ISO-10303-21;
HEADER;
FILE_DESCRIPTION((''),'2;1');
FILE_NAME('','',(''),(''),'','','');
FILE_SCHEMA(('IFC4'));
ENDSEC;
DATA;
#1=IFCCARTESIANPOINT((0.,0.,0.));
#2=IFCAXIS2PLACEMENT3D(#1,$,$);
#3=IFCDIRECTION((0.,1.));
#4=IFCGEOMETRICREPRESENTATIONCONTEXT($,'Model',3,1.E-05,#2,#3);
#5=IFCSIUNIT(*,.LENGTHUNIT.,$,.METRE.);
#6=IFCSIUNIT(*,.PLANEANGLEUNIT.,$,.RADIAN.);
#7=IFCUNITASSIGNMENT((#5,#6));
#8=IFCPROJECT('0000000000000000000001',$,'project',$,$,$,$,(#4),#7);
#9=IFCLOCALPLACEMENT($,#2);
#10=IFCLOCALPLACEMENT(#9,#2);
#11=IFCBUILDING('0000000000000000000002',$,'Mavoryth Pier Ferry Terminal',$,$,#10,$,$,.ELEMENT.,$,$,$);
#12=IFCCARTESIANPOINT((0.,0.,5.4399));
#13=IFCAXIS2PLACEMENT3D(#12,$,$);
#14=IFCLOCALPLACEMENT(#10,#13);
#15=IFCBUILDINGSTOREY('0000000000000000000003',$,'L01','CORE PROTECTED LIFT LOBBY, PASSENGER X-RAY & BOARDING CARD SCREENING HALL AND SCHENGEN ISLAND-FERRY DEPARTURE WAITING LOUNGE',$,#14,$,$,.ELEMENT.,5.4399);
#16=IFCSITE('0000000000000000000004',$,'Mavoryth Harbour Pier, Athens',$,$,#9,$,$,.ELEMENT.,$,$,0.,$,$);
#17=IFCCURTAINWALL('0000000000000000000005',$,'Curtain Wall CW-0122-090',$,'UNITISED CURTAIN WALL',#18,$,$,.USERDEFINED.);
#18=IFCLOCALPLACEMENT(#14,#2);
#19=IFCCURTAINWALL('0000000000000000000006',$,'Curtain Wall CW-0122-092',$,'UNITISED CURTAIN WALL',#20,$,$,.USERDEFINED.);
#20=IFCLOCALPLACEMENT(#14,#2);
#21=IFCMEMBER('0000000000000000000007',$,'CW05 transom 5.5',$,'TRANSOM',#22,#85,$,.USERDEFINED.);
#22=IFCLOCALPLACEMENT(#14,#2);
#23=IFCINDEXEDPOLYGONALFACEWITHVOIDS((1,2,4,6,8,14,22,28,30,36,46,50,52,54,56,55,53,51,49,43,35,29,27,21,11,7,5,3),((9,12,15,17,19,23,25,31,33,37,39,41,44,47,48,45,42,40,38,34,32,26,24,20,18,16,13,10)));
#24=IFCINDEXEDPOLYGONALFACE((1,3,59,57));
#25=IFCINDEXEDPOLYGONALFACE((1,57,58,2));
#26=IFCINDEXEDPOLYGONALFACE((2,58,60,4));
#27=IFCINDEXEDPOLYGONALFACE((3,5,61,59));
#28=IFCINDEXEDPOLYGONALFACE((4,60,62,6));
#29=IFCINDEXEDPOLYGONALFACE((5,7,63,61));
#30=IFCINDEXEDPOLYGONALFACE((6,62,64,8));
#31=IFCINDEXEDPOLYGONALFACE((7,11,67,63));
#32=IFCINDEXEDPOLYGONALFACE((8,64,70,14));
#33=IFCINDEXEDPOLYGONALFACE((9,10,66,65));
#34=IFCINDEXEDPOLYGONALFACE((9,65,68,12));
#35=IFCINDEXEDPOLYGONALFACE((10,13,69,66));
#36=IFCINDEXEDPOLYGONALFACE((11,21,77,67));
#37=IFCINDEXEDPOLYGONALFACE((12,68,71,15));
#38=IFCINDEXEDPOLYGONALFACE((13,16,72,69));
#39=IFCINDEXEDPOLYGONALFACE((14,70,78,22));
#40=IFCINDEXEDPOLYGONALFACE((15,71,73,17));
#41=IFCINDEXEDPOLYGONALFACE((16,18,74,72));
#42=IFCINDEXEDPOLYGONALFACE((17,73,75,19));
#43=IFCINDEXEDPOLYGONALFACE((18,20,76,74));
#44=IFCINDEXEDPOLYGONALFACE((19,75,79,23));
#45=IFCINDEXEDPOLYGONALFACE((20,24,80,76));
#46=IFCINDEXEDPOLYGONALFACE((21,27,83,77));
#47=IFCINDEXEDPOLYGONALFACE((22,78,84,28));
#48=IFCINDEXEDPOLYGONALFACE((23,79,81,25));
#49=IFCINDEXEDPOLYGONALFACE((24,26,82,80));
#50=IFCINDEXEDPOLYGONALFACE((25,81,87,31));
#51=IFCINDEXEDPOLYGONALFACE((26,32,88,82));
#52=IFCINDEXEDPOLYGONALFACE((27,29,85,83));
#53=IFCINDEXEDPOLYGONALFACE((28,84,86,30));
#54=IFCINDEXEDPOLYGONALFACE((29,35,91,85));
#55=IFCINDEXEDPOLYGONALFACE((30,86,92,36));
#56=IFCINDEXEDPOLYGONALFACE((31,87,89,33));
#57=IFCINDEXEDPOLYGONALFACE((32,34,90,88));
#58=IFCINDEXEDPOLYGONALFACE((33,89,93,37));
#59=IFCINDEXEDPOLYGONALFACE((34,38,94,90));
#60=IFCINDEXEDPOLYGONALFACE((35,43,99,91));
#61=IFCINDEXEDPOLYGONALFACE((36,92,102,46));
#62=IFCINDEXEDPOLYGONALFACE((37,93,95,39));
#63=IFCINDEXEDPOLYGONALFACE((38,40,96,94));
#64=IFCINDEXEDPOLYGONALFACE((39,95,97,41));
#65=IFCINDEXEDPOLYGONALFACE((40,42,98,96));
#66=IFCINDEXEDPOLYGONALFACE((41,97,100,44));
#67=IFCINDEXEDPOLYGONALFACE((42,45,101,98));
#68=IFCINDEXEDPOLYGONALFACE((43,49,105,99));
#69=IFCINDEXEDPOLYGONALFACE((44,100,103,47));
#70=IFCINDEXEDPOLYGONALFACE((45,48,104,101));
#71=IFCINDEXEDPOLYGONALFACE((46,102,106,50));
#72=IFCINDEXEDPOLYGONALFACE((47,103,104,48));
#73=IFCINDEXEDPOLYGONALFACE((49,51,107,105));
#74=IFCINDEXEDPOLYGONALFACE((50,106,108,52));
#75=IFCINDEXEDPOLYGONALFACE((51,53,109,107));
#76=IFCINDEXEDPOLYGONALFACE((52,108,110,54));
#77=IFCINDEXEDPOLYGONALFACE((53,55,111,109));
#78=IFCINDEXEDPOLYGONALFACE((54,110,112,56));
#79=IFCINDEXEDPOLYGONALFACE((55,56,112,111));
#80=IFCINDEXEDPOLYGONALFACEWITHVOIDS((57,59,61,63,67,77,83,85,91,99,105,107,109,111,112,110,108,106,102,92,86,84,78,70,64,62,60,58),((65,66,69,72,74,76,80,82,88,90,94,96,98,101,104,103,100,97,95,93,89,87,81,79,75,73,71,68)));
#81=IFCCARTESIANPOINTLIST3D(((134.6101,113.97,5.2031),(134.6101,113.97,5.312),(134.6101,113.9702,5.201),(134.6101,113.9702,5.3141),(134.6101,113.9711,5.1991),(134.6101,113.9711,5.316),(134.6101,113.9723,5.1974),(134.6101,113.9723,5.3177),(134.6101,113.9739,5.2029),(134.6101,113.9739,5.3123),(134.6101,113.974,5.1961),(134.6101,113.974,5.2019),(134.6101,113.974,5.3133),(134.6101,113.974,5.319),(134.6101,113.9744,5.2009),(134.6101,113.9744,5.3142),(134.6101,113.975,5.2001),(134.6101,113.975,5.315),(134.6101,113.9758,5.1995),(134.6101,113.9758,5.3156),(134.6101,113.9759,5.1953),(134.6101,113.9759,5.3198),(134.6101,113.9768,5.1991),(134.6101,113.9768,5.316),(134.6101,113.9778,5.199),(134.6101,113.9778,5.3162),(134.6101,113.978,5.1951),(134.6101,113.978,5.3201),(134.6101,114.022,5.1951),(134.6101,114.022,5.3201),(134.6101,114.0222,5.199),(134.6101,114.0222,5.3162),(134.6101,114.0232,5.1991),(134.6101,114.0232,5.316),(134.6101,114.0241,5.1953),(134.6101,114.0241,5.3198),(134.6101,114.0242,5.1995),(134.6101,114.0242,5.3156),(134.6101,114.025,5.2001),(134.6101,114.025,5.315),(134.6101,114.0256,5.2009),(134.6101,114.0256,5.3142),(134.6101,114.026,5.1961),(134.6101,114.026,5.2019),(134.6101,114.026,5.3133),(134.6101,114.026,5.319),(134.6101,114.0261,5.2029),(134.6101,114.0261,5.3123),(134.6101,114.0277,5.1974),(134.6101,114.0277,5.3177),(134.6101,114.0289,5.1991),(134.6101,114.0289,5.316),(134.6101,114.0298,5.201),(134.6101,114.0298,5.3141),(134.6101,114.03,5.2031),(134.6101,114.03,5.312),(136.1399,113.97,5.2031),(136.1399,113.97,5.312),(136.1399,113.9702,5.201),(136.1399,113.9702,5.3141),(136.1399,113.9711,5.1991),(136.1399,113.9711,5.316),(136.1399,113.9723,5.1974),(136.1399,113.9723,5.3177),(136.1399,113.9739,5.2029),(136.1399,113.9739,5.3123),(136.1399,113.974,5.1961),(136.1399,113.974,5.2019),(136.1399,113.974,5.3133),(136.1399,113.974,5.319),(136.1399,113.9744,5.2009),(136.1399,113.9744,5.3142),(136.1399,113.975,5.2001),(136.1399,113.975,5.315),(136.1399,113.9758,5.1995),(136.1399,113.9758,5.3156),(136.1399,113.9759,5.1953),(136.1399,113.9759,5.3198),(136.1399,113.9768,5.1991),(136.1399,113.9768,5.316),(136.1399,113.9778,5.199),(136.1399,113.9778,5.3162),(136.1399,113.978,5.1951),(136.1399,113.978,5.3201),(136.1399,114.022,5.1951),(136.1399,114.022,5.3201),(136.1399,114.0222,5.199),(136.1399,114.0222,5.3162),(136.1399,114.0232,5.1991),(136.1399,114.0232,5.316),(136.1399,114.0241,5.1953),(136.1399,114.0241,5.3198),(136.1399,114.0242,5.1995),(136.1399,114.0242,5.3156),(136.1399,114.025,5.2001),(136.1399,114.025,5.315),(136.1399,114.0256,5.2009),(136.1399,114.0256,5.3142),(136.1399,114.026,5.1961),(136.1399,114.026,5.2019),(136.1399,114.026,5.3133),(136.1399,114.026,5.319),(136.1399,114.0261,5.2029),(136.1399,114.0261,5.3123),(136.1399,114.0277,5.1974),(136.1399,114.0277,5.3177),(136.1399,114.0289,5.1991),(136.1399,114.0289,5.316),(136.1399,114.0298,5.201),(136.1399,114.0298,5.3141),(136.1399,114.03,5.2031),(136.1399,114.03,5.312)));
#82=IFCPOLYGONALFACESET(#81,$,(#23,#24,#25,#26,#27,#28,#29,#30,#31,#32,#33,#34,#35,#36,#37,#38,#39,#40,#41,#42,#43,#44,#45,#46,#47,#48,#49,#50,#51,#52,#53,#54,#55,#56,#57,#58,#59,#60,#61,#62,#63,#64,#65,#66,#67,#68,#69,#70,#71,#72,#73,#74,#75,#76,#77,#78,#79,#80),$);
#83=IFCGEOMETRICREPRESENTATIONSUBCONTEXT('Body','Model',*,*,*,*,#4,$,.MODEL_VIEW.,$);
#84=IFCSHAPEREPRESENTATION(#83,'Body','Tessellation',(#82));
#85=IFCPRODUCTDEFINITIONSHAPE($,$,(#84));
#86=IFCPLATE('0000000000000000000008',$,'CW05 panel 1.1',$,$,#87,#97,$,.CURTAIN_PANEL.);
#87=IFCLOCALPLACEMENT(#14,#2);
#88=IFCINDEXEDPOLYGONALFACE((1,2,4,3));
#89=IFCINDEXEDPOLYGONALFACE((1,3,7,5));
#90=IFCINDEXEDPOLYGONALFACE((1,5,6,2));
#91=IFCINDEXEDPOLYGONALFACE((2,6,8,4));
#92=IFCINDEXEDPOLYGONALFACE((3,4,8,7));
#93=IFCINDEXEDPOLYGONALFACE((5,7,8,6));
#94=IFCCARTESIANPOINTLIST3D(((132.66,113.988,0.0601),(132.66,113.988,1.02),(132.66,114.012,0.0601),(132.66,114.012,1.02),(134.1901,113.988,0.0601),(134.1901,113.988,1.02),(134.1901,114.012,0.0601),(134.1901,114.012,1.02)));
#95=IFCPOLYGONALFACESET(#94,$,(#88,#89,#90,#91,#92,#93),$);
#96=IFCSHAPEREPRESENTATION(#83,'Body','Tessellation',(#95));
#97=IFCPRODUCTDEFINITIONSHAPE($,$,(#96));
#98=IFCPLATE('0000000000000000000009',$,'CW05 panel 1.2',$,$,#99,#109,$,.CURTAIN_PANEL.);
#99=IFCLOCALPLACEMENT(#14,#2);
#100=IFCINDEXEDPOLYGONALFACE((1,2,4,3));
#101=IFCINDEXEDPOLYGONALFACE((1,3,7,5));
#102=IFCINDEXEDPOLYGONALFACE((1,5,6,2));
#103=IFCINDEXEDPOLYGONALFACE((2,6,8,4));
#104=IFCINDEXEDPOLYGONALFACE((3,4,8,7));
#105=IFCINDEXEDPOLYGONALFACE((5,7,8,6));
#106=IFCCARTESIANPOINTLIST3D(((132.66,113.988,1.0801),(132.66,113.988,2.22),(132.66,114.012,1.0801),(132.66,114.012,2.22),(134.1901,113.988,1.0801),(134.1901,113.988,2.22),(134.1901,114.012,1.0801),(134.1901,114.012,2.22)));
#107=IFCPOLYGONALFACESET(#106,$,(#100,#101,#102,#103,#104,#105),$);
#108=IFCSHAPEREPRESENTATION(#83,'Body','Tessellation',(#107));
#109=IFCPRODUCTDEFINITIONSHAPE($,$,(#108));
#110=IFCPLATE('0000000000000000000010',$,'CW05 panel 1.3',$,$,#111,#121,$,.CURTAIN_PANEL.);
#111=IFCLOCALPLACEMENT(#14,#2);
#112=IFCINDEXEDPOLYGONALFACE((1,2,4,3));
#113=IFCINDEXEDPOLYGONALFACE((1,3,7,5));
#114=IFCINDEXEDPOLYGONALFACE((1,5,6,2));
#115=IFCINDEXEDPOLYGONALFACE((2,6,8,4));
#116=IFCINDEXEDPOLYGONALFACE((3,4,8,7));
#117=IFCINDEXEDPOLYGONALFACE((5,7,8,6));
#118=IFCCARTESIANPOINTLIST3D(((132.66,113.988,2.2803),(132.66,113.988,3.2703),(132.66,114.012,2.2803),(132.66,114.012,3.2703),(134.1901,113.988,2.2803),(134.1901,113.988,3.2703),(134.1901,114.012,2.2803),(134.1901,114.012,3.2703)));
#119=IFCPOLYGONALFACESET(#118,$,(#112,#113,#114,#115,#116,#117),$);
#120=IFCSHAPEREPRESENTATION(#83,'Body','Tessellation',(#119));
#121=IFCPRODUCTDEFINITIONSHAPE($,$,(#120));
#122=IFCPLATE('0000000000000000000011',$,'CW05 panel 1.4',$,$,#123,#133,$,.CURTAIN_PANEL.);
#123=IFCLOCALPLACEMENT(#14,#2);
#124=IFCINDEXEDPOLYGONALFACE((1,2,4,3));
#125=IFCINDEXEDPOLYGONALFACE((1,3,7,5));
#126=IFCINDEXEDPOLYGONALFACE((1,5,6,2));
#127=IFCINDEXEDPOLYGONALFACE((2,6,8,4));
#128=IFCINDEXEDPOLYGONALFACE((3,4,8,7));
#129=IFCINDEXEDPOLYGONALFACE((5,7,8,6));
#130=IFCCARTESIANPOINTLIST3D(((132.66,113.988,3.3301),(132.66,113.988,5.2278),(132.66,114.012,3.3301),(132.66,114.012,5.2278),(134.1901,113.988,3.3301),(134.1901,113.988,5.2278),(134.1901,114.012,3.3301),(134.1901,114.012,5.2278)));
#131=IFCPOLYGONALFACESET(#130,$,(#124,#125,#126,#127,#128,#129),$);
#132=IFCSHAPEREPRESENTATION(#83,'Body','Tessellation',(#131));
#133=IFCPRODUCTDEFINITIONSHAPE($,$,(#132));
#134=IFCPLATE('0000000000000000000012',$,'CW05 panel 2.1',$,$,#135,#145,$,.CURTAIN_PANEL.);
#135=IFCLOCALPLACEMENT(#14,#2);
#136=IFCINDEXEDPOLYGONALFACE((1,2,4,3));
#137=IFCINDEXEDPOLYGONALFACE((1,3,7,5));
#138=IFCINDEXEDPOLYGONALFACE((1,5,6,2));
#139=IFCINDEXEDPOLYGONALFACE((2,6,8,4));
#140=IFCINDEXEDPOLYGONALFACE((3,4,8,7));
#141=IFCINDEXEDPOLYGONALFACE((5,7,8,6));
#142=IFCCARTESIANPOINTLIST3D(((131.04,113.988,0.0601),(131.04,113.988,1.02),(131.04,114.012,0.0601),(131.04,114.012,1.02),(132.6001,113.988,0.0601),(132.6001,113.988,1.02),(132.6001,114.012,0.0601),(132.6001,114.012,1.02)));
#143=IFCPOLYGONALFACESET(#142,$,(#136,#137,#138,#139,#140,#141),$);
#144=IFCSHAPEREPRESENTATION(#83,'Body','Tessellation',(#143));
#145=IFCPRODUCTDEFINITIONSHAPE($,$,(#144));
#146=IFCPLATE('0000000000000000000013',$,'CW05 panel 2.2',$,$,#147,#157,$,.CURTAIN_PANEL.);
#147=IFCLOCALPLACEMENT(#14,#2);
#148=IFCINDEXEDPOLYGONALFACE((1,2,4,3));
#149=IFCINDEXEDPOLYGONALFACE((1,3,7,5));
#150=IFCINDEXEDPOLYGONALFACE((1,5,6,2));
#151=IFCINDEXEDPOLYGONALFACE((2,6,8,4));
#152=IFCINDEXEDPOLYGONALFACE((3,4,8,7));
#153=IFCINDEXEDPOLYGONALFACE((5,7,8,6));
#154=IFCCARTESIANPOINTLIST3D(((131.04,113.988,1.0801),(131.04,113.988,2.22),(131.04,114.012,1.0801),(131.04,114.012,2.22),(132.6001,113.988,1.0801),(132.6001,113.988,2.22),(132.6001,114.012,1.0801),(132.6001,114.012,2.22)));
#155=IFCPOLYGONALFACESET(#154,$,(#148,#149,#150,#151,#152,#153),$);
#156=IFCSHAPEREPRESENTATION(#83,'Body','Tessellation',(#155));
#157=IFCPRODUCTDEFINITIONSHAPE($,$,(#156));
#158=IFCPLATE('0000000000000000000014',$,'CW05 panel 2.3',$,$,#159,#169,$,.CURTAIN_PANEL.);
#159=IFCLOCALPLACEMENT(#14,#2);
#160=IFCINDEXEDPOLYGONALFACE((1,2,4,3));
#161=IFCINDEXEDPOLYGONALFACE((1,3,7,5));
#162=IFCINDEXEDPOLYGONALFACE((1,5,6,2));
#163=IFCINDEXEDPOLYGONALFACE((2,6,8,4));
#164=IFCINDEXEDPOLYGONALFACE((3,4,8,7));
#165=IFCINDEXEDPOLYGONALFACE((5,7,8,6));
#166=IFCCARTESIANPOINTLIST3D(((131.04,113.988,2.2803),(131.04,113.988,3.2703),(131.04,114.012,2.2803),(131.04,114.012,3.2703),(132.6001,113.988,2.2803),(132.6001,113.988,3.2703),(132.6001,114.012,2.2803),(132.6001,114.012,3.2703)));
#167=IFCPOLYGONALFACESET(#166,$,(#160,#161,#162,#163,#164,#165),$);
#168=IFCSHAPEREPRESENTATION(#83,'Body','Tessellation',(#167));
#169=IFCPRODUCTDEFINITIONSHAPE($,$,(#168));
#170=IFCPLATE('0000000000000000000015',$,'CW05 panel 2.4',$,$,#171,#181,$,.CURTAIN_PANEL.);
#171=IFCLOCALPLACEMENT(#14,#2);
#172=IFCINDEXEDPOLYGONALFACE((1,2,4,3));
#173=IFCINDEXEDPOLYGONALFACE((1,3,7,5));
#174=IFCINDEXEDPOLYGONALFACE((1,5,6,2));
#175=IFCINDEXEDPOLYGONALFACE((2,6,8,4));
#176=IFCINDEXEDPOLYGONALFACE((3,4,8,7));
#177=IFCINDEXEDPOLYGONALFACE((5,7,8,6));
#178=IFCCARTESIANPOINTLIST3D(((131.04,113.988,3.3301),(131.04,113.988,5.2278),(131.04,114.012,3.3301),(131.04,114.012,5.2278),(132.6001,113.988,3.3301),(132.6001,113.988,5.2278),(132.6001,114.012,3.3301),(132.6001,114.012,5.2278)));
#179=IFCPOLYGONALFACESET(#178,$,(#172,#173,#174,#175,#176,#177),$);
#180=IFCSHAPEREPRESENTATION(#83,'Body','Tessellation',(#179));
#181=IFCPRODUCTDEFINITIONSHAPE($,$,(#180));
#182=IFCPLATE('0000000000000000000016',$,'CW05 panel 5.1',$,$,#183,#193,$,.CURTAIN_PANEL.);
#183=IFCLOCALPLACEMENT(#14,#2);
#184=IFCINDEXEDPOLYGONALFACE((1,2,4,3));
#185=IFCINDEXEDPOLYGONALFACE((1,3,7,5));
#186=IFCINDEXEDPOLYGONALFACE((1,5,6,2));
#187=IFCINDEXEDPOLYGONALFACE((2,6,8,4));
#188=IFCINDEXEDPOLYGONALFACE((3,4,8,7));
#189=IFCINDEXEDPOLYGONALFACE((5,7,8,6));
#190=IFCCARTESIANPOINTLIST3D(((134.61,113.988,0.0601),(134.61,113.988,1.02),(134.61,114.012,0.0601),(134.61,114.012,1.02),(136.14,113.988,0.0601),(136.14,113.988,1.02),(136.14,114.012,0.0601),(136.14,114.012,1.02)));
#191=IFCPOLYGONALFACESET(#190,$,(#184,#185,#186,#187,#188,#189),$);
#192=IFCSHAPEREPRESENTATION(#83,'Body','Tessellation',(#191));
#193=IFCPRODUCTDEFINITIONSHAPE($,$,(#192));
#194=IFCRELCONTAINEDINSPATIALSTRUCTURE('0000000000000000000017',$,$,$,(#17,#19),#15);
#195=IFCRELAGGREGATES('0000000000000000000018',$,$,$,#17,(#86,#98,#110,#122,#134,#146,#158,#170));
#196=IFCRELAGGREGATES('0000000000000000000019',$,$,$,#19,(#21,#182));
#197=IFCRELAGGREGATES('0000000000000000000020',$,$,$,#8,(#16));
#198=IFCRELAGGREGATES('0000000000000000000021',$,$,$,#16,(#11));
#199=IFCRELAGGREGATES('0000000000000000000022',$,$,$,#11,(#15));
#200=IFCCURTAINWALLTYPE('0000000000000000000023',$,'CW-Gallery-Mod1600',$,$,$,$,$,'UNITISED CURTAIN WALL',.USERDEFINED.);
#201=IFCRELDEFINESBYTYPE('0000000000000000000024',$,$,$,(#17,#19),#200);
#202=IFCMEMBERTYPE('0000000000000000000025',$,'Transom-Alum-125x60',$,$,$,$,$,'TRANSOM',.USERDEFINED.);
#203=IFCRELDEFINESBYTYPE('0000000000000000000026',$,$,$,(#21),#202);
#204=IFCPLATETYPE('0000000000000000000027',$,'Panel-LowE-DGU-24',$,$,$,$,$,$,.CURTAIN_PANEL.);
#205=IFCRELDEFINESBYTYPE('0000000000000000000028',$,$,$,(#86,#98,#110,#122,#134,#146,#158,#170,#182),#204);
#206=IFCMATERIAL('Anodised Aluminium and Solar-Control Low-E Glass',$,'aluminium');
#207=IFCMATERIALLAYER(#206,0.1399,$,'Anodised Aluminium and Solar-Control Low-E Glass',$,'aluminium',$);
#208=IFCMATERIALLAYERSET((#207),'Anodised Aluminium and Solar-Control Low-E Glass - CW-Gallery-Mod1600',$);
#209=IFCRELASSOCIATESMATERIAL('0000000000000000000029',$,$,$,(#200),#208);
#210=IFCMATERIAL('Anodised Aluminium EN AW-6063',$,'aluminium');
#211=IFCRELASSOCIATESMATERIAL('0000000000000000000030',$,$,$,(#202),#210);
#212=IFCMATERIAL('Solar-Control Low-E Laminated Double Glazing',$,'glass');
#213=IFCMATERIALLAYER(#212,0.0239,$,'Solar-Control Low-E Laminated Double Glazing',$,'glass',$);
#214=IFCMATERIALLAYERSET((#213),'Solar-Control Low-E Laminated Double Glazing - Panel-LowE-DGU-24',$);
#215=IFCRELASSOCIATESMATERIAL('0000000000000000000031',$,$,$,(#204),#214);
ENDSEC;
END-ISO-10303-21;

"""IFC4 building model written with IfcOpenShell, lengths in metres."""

from ifc_helpers import new_model, si_unit, direction, frame, origin, origin_2d, place, context, subcontext, project, spatial, rectangle, hollow_rectangle, extrude, material, layer, layer_set, material_profile, profile_set, type_object, element, aggregate, save


model = new_model("IFC4")

# Units and contexts
model_context = context("Model", 3, precision=1e-05, world=origin(), true_north=direction((0.0, 1.0)))
body_context = subcontext(model_context, "Body", "Model", "MODEL_VIEW")
ifc_project = project(units=[si_unit("LENGTHUNIT", "METRE"), si_unit("PLANEANGLEUNIT", "RADIAN")], contexts=[model_context])

# Site, building, storey
site_placement = place(None, origin())
site = spatial("IfcSite", under=ifc_project, at=site_placement, Name="Mavoryth Harbour Pier, Athens", CompositionType="ELEMENT", RefElevation=0.0)
building_placement = place(site_placement, origin())
building = spatial("IfcBuilding", under=site, at=building_placement, Name="Mavoryth Pier Ferry Terminal", CompositionType="ELEMENT")
storey_placement = place(building_placement, frame((0.0, 0.0, 5.4399)))
storey = spatial("IfcBuildingStorey", under=building, at=storey_placement, Name="L01", Description="CORE PROTECTED LIFT LOBBY, PASSENGER X-RAY & BOARDING CARD SCREENING HALL AND SCHENGEN ISLAND-FERRY DEPARTURE WAITING LOUNGE", CompositionType="ELEMENT", Elevation=5.4399)

# Curtain walls
ifc_material_1 = material(Name="Anodised Aluminium and Solar-Control Low-E Glass", Category="aluminium")
ifc_layer_1 = layer(ifc_material_1, 0.1399, Name="Anodised Aluminium and Solar-Control Low-E Glass", Category="aluminium")
ifc_layer_set_1 = layer_set([ifc_layer_1], Name="Anodised Aluminium and Solar-Control Low-E Glass - CW-Gallery-Mod1600")
curtain_wall_type = type_object("IfcCurtainWallType", Name="CW-Gallery-Mod1600", ElementType="UNITISED CURTAIN WALL", PredefinedType="USERDEFINED", material=ifc_layer_set_1)
curtain_wall_1_placement = place(storey_placement, origin())
curtain_wall_1 = element("IfcCurtainWall", 1, at=curtain_wall_1_placement, inside=storey, type_object=curtain_wall_type, Name="Curtain Wall CW-0122-090", ObjectType="UNITISED CURTAIN WALL", PredefinedType="USERDEFINED")
ifc_material_2 = material(Name="Anodised Aluminium EN AW-6063", Category="aluminium")
curtain_wall_2_placement = place(storey_placement, origin())
curtain_wall_2 = element("IfcCurtainWall", 2, at=curtain_wall_2_placement, inside=storey, type_object=curtain_wall_type, Name="Curtain Wall CW-0122-092", ObjectType="UNITISED CURTAIN WALL", PredefinedType="USERDEFINED")

# Member
ifc_material_profile_1 = material_profile(ifc_material_2, hollow_rectangle(XDim=0.0601, YDim=0.125, WallThickness=0.0039, InnerFilletRadius=0.0039, OuterFilletRadius=0.0081, at=origin_2d()), Name="AL-TRAN 125x60x4", Category="aluminium")
ifc_profile_set_1 = profile_set([ifc_material_profile_1], Name="Anodised Aluminium EN AW-6063 - AL-TRAN 125x60x4")
member_type_1 = type_object("IfcMemberType", Name="Transom-Alum-125x60", ElementType="TRANSOM", PredefinedType="USERDEFINED", material=ifc_profile_set_1)
member_1_placement = place(storey_placement, frame((136.1399, 114.0, 5.2576), z_axis=(-1.0, 0.0, 0.0), x_axis=(0.0, -1.0, 0.0)))
member_1 = element("IfcMember", 3, at=member_1_placement, type_object=member_type_1, Name="CW05 transom 5.5", ObjectType="TRANSOM", PredefinedType="USERDEFINED", context=body_context, shape_type="SweptSolid", body=[
    extrude(hollow_rectangle(XDim=0.0601, YDim=0.125, WallThickness=0.0039, InnerFilletRadius=0.0039, OuterFilletRadius=0.0081, at=origin_2d()), origin(), (0.0, 0.0, 1.0), 1.5298),
])

# Plates
ifc_material_3 = material(Name="Solar-Control Low-E Laminated Double Glazing", Category="glass")
ifc_layer_2 = layer(ifc_material_3, 0.0239, Name="Solar-Control Low-E Laminated Double Glazing", Category="glass")
ifc_layer_set_2 = layer_set([ifc_layer_2], Name="Solar-Control Low-E Laminated Double Glazing - Panel-LowE-DGU-24")
plate_type_1 = type_object("IfcPlateType", Name="Panel-LowE-DGU-24", PredefinedType="CURTAIN_PANEL", material=ifc_layer_set_2)
plate_1_placement = place(storey_placement, frame((133.425, 114.0, 0.0601), z_axis=(0.0, 0.0, 1.0), x_axis=(-1.0, 0.0, 0.0)))
plate_1 = element("IfcPlate", 4, at=plate_1_placement, type_object=plate_type_1, Name="CW05 panel 1.1", PredefinedType="CURTAIN_PANEL", context=body_context, shape_type="SweptSolid", body=[
    extrude(rectangle(XDim=1.53, YDim=0.0239, at=origin_2d()), origin(), (0.0, 0.0, 1.0), 0.96),
])
plate_2_placement = place(storey_placement, frame((133.425, 114.0, 1.0801), z_axis=(0.0, 0.0, 1.0), x_axis=(-1.0, 0.0, 0.0)))
plate_2 = element("IfcPlate", 5, at=plate_2_placement, type_object=plate_type_1, Name="CW05 panel 1.2", PredefinedType="CURTAIN_PANEL", context=body_context, shape_type="SweptSolid", body=[
    extrude(rectangle(XDim=1.53, YDim=0.0239, at=origin_2d()), origin(), (0.0, 0.0, 1.0), 1.1399),
])
plate_3_placement = place(storey_placement, frame((133.425, 114.0, 2.2803), z_axis=(0.0, 0.0, 1.0), x_axis=(-1.0, 0.0, 0.0)))
plate_3 = element("IfcPlate", 6, at=plate_3_placement, type_object=plate_type_1, Name="CW05 panel 1.3", PredefinedType="CURTAIN_PANEL", context=body_context, shape_type="SweptSolid", body=[
    extrude(rectangle(XDim=1.53, YDim=0.0239, at=origin_2d()), origin(), (0.0, 0.0, 1.0), 0.99),
])
plate_4_placement = place(storey_placement, frame((133.425, 114.0, 3.3301), z_axis=(0.0, 0.0, 1.0), x_axis=(-1.0, 0.0, 0.0)))
plate_4 = element("IfcPlate", 7, at=plate_4_placement, type_object=plate_type_1, Name="CW05 panel 1.4", PredefinedType="CURTAIN_PANEL", context=body_context, shape_type="SweptSolid", body=[
    extrude(rectangle(XDim=1.53, YDim=0.0239, at=origin_2d()), origin(), (0.0, 0.0, 1.0), 1.8977),
])
plate_5_placement = place(storey_placement, frame((131.8201, 114.0, 0.0601), z_axis=(0.0, 0.0, 1.0), x_axis=(-1.0, 0.0, 0.0)))
plate_5 = element("IfcPlate", 8, at=plate_5_placement, type_object=plate_type_1, Name="CW05 panel 2.1", PredefinedType="CURTAIN_PANEL", context=body_context, shape_type="SweptSolid", body=[
    extrude(rectangle(XDim=1.5601, YDim=0.0239, at=origin_2d()), origin(), (0.0, 0.0, 1.0), 0.96),
])
plate_6_placement = place(storey_placement, frame((131.8201, 114.0, 1.0801), z_axis=(0.0, 0.0, 1.0), x_axis=(-1.0, 0.0, 0.0)))
plate_6 = element("IfcPlate", 9, at=plate_6_placement, type_object=plate_type_1, Name="CW05 panel 2.2", PredefinedType="CURTAIN_PANEL", context=body_context, shape_type="SweptSolid", body=[
    extrude(rectangle(XDim=1.5601, YDim=0.0239, at=origin_2d()), origin(), (0.0, 0.0, 1.0), 1.1399),
])
plate_7_placement = place(storey_placement, frame((131.8201, 114.0, 2.2803), z_axis=(0.0, 0.0, 1.0), x_axis=(-1.0, 0.0, 0.0)))
plate_7 = element("IfcPlate", 10, at=plate_7_placement, type_object=plate_type_1, Name="CW05 panel 2.3", PredefinedType="CURTAIN_PANEL", context=body_context, shape_type="SweptSolid", body=[
    extrude(rectangle(XDim=1.5601, YDim=0.0239, at=origin_2d()), origin(), (0.0, 0.0, 1.0), 0.99),
])
plate_8_placement = place(storey_placement, frame((131.8201, 114.0, 3.3301), z_axis=(0.0, 0.0, 1.0), x_axis=(-1.0, 0.0, 0.0)))
plate_8 = element("IfcPlate", 11, at=plate_8_placement, type_object=plate_type_1, Name="CW05 panel 2.4", PredefinedType="CURTAIN_PANEL", context=body_context, shape_type="SweptSolid", body=[
    extrude(rectangle(XDim=1.5601, YDim=0.0239, at=origin_2d()), origin(), (0.0, 0.0, 1.0), 1.8977),
])
aggregate(curtain_wall_1, [plate_1, plate_2, plate_3, plate_4, plate_5, plate_6, plate_7, plate_8])
plate_9_placement = place(storey_placement, frame((135.375, 114.0, 0.0601), z_axis=(0.0, 0.0, 1.0), x_axis=(-1.0, 0.0, 0.0)))
plate_9 = element("IfcPlate", 12, at=plate_9_placement, type_object=plate_type_1, Name="CW05 panel 5.1", PredefinedType="CURTAIN_PANEL", context=body_context, shape_type="SweptSolid", body=[
    extrude(rectangle(XDim=1.53, YDim=0.0239, at=origin_2d()), origin(), (0.0, 0.0, 1.0), 0.96),
])
aggregate(curtain_wall_2, [member_1, plate_9])

save(model, "model.ifc")
